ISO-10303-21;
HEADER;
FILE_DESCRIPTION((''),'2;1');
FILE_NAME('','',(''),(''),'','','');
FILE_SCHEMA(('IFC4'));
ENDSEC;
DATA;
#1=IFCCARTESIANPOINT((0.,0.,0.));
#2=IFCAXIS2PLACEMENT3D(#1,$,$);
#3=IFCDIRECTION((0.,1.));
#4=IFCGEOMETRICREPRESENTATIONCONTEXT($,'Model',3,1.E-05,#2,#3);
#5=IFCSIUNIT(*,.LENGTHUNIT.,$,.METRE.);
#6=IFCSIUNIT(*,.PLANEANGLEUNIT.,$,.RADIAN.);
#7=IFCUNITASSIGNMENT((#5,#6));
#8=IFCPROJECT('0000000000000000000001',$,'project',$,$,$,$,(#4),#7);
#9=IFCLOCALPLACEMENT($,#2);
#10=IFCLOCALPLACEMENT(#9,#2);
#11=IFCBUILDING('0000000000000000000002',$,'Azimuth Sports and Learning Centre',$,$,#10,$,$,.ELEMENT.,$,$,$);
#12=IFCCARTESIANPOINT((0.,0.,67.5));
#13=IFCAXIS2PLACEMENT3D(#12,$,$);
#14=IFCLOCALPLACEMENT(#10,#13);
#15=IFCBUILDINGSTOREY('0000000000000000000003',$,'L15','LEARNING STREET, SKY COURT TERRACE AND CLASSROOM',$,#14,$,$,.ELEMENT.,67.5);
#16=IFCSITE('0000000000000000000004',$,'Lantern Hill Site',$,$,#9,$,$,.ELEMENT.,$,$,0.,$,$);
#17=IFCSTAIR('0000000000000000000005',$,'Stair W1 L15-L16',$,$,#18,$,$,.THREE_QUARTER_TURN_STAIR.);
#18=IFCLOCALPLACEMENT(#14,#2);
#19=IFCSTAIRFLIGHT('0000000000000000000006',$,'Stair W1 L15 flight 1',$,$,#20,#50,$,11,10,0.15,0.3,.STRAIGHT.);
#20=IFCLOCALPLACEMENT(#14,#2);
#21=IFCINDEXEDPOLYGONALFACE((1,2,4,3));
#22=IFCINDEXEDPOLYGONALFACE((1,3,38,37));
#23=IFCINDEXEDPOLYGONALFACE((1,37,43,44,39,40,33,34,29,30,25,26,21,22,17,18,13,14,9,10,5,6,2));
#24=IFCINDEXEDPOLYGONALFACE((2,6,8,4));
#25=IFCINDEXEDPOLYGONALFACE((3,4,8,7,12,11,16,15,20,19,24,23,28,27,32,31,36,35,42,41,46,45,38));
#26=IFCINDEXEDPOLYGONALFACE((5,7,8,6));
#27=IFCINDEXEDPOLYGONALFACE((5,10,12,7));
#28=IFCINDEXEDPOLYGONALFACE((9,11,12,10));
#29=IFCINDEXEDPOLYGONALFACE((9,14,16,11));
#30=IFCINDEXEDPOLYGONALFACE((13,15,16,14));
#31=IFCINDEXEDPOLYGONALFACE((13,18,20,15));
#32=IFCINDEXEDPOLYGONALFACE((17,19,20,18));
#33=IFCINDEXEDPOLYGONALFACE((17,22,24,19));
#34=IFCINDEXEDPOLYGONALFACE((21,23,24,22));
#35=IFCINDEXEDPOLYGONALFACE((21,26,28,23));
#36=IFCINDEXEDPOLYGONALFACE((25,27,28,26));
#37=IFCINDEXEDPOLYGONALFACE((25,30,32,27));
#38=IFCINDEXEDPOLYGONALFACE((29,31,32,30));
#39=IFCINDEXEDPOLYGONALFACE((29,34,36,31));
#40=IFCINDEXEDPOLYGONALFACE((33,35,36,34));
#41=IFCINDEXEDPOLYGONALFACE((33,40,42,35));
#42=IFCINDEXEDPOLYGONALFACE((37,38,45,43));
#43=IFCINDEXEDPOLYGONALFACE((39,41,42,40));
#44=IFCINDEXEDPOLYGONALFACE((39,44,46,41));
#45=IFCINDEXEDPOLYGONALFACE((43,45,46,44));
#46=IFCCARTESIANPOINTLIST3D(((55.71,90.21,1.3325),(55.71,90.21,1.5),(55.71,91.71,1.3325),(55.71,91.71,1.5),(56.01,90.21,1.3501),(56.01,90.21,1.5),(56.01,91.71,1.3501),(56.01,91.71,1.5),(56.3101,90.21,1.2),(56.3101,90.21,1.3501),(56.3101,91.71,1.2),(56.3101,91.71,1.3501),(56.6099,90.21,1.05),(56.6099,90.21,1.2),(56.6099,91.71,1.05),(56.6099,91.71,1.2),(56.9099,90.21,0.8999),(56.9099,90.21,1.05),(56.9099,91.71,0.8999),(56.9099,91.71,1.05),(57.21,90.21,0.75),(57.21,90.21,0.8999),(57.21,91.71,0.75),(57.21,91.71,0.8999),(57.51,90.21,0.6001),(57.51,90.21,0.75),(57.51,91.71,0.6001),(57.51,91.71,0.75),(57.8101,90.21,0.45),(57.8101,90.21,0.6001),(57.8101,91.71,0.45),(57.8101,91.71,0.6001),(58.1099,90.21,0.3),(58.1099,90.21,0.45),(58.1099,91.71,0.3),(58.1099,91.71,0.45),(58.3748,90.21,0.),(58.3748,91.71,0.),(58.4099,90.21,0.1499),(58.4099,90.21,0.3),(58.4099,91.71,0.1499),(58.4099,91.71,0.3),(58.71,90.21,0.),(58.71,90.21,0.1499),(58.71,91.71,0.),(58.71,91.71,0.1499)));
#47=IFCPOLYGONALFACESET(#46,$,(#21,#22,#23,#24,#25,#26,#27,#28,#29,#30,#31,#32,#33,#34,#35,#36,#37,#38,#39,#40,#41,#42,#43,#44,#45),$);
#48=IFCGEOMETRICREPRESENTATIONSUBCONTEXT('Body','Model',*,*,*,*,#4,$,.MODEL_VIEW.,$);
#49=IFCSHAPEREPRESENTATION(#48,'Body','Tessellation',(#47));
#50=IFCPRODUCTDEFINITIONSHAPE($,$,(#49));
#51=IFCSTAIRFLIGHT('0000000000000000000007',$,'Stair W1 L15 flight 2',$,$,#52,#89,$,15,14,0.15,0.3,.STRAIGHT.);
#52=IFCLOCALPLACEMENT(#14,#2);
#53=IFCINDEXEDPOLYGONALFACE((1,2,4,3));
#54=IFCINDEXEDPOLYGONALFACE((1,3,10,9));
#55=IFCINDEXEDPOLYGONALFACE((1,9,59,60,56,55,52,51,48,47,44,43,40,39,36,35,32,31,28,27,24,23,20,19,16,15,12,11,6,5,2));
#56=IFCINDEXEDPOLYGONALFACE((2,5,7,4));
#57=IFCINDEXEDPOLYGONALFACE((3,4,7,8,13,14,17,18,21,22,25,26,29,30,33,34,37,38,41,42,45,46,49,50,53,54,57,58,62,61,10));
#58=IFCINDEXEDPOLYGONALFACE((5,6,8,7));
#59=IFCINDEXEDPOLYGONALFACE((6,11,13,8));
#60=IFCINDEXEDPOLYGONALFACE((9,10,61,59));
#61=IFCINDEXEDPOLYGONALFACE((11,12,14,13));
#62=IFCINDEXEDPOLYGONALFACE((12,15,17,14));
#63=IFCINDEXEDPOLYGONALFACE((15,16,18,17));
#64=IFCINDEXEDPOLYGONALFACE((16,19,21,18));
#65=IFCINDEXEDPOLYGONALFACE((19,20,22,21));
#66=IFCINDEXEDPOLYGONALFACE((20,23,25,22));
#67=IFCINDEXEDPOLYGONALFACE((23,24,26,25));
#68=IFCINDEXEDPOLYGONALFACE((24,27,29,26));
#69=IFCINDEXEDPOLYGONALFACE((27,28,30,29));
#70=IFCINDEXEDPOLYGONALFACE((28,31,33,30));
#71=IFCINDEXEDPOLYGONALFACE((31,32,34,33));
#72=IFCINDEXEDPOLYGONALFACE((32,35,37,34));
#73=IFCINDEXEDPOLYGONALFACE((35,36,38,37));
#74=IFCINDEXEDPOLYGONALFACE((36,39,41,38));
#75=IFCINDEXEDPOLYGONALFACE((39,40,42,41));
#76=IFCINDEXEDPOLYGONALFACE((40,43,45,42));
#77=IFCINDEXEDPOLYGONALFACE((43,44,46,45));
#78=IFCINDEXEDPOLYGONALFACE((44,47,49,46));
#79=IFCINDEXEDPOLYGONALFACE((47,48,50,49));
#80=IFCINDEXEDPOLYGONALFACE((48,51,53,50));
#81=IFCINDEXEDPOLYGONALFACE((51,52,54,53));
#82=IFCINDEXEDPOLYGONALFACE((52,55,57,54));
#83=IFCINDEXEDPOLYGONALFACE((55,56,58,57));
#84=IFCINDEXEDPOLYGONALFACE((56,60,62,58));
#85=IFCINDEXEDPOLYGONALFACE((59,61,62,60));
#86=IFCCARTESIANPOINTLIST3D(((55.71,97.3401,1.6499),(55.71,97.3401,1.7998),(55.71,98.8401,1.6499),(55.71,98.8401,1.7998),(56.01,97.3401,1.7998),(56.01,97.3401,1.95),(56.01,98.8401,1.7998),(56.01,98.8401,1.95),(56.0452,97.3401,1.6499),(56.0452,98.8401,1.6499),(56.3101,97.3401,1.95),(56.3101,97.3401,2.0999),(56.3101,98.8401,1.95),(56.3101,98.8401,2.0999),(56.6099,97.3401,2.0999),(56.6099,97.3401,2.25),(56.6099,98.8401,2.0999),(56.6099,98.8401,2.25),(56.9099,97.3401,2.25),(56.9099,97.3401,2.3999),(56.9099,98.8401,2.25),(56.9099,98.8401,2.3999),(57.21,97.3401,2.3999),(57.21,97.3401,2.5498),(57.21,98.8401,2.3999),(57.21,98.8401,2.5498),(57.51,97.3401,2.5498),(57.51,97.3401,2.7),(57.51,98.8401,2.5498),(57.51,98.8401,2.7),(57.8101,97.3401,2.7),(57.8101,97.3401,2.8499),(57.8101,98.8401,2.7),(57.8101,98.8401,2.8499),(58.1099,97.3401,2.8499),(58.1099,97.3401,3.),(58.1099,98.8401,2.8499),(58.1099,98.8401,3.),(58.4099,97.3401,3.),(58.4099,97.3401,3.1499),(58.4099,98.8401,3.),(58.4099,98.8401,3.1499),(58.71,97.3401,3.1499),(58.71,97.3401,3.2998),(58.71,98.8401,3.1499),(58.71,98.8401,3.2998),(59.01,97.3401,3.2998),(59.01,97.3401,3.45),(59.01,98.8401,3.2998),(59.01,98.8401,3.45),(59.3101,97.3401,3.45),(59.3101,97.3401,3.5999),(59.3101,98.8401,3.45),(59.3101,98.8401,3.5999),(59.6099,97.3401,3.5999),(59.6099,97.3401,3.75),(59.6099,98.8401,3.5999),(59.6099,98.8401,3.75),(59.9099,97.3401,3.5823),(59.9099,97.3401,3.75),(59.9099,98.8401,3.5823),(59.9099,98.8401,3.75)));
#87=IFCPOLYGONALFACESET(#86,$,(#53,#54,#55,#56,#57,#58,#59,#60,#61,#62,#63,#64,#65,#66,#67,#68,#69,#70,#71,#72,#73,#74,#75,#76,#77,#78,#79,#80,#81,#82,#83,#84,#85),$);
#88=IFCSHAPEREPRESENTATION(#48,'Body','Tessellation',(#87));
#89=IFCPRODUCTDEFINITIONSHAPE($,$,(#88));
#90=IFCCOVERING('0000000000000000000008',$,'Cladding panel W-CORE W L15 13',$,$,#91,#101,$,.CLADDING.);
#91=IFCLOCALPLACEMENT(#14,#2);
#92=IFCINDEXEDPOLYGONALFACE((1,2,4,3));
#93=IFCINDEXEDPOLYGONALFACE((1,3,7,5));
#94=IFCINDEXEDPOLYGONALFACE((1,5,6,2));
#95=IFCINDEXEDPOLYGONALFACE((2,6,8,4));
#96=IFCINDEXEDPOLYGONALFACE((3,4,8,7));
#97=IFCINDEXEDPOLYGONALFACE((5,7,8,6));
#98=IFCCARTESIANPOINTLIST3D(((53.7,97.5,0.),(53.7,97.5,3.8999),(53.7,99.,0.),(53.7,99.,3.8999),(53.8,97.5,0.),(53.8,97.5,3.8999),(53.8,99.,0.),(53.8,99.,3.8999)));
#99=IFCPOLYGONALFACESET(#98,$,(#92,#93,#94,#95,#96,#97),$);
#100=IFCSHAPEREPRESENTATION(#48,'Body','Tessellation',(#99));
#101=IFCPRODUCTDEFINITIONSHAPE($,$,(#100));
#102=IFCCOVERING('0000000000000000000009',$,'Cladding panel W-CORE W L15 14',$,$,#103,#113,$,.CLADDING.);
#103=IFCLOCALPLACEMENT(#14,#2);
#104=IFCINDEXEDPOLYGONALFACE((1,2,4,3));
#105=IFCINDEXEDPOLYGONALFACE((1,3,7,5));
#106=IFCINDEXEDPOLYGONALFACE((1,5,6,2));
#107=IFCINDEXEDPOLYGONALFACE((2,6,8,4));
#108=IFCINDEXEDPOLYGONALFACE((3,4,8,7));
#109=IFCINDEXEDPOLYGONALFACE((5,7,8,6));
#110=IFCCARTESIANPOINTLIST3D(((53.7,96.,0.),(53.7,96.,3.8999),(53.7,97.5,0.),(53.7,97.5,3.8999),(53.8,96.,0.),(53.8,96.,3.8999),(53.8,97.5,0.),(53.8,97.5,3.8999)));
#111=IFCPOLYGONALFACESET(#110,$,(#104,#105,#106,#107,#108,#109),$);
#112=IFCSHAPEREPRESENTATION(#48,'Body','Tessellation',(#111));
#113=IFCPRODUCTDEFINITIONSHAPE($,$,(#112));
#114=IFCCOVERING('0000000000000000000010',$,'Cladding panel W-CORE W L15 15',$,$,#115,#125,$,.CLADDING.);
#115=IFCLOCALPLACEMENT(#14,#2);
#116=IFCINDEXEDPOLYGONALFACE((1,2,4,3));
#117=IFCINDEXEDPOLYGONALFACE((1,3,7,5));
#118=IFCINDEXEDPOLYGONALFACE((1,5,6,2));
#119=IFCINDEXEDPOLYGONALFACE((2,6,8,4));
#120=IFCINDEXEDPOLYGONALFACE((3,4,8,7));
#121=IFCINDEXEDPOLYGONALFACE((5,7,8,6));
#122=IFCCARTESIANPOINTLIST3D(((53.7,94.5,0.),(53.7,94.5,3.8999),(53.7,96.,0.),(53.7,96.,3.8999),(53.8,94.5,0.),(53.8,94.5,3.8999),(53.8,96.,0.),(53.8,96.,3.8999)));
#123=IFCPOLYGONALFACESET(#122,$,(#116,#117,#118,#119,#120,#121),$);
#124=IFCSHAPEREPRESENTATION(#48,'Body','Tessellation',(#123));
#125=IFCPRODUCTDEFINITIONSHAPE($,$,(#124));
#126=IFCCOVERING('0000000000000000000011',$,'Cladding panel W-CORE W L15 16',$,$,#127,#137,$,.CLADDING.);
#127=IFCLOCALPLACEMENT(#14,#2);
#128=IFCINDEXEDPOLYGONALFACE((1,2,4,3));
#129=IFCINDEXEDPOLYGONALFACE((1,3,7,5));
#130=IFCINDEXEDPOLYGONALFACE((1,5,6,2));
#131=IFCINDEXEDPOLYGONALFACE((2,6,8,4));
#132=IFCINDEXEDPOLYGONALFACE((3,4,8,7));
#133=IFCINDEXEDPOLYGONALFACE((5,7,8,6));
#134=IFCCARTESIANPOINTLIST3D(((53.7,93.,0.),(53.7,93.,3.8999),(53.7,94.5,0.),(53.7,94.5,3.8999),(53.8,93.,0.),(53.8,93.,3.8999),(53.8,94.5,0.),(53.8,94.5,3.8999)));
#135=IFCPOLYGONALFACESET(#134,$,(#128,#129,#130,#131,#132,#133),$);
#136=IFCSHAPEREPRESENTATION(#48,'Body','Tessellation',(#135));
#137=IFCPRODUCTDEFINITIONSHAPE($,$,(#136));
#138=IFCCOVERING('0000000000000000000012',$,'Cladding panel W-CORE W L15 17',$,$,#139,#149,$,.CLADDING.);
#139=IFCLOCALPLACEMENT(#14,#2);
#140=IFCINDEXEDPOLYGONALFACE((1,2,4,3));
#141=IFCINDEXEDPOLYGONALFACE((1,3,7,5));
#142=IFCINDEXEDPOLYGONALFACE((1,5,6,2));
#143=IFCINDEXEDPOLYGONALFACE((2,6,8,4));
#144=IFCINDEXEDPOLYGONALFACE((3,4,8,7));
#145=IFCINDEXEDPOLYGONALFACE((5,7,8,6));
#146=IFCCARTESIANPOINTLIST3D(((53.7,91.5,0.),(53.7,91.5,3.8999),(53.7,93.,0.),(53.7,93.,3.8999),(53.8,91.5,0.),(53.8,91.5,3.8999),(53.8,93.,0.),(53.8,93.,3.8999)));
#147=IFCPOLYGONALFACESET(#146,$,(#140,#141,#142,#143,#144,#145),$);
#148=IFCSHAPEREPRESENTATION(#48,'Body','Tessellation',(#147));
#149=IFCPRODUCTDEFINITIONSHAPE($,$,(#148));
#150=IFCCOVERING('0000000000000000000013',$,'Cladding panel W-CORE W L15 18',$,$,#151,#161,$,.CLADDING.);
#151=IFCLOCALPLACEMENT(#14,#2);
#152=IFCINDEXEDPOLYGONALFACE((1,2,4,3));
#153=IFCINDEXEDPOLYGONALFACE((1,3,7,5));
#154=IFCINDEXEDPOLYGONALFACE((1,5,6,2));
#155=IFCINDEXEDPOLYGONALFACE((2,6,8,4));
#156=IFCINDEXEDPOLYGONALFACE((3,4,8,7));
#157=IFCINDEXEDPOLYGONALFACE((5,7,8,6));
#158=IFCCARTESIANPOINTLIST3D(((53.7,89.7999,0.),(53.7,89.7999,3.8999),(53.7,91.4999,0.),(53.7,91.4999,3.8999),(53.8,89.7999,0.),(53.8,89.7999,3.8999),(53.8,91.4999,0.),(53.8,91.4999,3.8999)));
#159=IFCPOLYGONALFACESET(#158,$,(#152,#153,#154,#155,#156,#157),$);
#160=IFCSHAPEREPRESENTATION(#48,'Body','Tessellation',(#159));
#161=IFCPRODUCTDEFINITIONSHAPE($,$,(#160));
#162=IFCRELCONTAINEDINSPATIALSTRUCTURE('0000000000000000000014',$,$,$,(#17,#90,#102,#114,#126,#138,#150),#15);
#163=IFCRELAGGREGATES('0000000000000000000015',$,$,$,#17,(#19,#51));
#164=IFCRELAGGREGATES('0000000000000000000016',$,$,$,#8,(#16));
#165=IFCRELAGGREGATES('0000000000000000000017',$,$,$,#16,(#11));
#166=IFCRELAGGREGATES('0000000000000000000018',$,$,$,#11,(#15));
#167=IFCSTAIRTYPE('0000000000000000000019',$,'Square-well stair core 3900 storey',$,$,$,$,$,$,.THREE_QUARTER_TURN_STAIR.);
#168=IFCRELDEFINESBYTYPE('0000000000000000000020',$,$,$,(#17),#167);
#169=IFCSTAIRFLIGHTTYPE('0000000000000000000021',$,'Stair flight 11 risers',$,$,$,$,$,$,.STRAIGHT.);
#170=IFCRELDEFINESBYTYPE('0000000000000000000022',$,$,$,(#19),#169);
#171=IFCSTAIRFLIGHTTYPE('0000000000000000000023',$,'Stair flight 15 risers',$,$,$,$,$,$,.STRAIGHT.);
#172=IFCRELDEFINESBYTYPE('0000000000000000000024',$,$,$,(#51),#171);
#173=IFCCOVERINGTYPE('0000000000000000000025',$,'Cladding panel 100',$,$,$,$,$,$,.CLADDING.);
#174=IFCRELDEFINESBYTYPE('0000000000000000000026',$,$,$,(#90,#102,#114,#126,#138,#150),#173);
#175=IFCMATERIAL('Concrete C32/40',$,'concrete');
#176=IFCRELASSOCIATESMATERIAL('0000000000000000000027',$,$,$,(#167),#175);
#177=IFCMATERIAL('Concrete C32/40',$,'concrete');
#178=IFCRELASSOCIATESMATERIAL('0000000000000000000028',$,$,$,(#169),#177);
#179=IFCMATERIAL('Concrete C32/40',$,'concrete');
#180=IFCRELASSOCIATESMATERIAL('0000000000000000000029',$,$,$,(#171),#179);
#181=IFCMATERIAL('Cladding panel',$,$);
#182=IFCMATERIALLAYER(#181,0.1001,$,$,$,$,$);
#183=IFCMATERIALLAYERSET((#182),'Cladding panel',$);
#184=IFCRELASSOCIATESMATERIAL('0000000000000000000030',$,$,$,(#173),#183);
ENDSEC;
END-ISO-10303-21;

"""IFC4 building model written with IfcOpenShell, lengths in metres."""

from ifc_helpers import new_model, si_unit, direction, frame, origin, origin_2d, place, context, subcontext, project, spatial, polyline, rectangle, outline, extrude, material, layer, layer_set, type_object, element, aggregate, save


model = new_model("IFC4")

# Units and contexts
model_context = context("Model", 3, precision=1e-05, world=origin(), true_north=direction((0.0, 1.0)))
body_context = subcontext(model_context, "Body", "Model", "MODEL_VIEW")
ifc_project = project(units=[si_unit("LENGTHUNIT", "METRE"), si_unit("PLANEANGLEUNIT", "RADIAN")], contexts=[model_context])

# Site, building, storey
site_placement = place(None, origin())
site = spatial("IfcSite", under=ifc_project, at=site_placement, Name="Lantern Hill Site", CompositionType="ELEMENT", RefElevation=0.0)
building_placement = place(site_placement, origin())
building = spatial("IfcBuilding", under=site, at=building_placement, Name="Azimuth Sports and Learning Centre", CompositionType="ELEMENT")
storey_placement = place(building_placement, frame((0.0, 0.0, 67.5)))
storey = spatial("IfcBuildingStorey", under=building, at=storey_placement, Name="L15", Description="LEARNING STREET, SKY COURT TERRACE AND CLASSROOM", CompositionType="ELEMENT", Elevation=67.5)

# Stair, stair flights
ifc_material_1 = material(Name="Concrete C32/40", Category="concrete")
stair_type = type_object("IfcStairType", Name="Square-well stair core 3900 storey", PredefinedType="THREE_QUARTER_TURN_STAIR", material=ifc_material_1)
stair_placement = place(storey_placement, origin())
stair = element("IfcStair", 1, at=stair_placement, inside=storey, type_object=stair_type, Name="Stair W1 L15-L16", PredefinedType="THREE_QUARTER_TURN_STAIR")
ifc_material_2 = material(Name="Concrete C32/40", Category="concrete")
stair_flight_type_1 = type_object("IfcStairFlightType", Name="Stair flight 11 risers", PredefinedType="STRAIGHT", material=ifc_material_2)
stair_flight_1_placement = place(storey_placement, frame((58.71, 90.96, 0.0), z_axis=(0.0, 0.0, 1.0), x_axis=(-1.0, 0.0, 0.0)))
stair_flight_1 = element("IfcStairFlight", 2, at=stair_flight_1_placement, type_object=stair_flight_type_1, Name="Stair W1 L15 flight 1", NumberOfRisers=11, NumberOfTreads=10, PredefinedType="STRAIGHT", RiserHeight=0.15, TreadLength=0.3, context=body_context, shape_type="SweptSolid", body=[
    extrude(outline(polyline([(0.0, 0.0), (0.0, 0.1499), (0.3, 0.1499), (0.3, 0.3), (0.6001, 0.3), (0.6001, 0.45), (0.8999, 0.45), (0.8999, 0.6001), (1.2, 0.6001), (1.2, 0.75), (1.5, 0.75), (1.5, 0.8999), (1.8, 0.8999), (1.8, 1.05), (2.1001, 1.05), (2.1001, 1.2), (2.3999, 1.2), (2.3999, 1.3501), (2.7, 1.3501), (2.7, 1.5), (3.0, 1.5), (3.0, 1.6499), (3.0, 1.3325), (0.3352, 0.0), (0.0, 0.0)])), frame((0.0, 0.75, 0.0), z_axis=(0.0, -1.0, 0.0), x_axis=(1.0, 0.0, 0.0)), (0.0, 0.0, 1.0), 1.5),
])
ifc_material_3 = material(Name="Concrete C32/40", Category="concrete")
stair_flight_type_2 = type_object("IfcStairFlightType", Name="Stair flight 15 risers", PredefinedType="STRAIGHT", material=ifc_material_3)
stair_flight_2_placement = place(storey_placement, frame((55.71, 98.0901, 1.6499), z_axis=(0.0, 0.0, 1.0), x_axis=(1.0, 0.0, 0.0)))
stair_flight_2 = element("IfcStairFlight", 3, at=stair_flight_2_placement, type_object=stair_flight_type_2, Name="Stair W1 L15 flight 2", NumberOfRisers=15, NumberOfTreads=14, PredefinedType="STRAIGHT", RiserHeight=0.15, TreadLength=0.3, context=body_context, shape_type="SweptSolid", body=[
    extrude(outline(polyline([(0.0, 0.0), (0.0, 0.1499), (0.3, 0.1499), (0.3, 0.3), (0.6001, 0.3), (0.6001, 0.45), (0.8999, 0.45), (0.8999, 0.6001), (1.2, 0.6001), (1.2, 0.75), (1.5, 0.75), (1.5, 0.8999), (1.8, 0.8999), (1.8, 1.05), (2.1001, 1.05), (2.1001, 1.2), (2.3999, 1.2), (2.3999, 1.3501), (2.7, 1.3501), (2.7, 1.5), (3.0, 1.5), (3.0, 1.6499), (3.3, 1.6499), (3.3, 1.8), (3.6001, 1.8), (3.6001, 1.95), (3.8999, 1.95), (3.8999, 2.1001), (4.2, 2.1001), (4.2, 2.25), (4.2, 1.9324), (0.3352, 0.0), (0.0, 0.0)])), frame((0.0, 0.75, 0.0), z_axis=(0.0, -1.0, 0.0), x_axis=(1.0, 0.0, 0.0)), (0.0, 0.0, 1.0), 1.5),
])
aggregate(stair, [stair_flight_1, stair_flight_2])

# Coverings
ifc_material_4 = material(Name="Cladding panel")
ifc_layer_1 = layer(ifc_material_4, 0.1001)
ifc_layer_set_1 = layer_set([ifc_layer_1], Name="Cladding panel")
covering_type = type_object("IfcCoveringType", Name="Cladding panel 100", PredefinedType="CLADDING", material=ifc_layer_set_1)
for number, where, z_axis, x_axis, name in (
    (4, (53.75, 98.25, 0.0), (0.0, 0.0, 1.0), (0.0, -1.0, 0.0), "Cladding panel W-CORE W L15 13"),
    (5, (53.75, 96.75, 0.0), (0.0, 0.0, 1.0), (0.0, -1.0, 0.0), "Cladding panel W-CORE W L15 14"),
    (6, (53.75, 95.25, 0.0), (0.0, 0.0, 1.0), (0.0, -1.0, 0.0), "Cladding panel W-CORE W L15 15"),
    (7, (53.75, 93.75, 0.0), (0.0, 0.0, 1.0), (0.0, -1.0, 0.0), "Cladding panel W-CORE W L15 16"),
    (8, (53.75, 92.25, 0.0), (0.0, 0.0, 1.0), (0.0, -1.0, 0.0), "Cladding panel W-CORE W L15 17"),
):
    element("IfcCovering", number, at=place(storey_placement, frame(where, z_axis=z_axis, x_axis=x_axis)), inside=storey, type_object=covering_type, Name=name, PredefinedType="CLADDING", context=body_context, shape_type="SweptSolid", body=[
        extrude(rectangle(XDim=1.5, YDim=0.1001, at=origin_2d()), origin(), (0.0, 0.0, 1.0), 3.8999),
    ])
covering_placement = place(storey_placement, frame((53.75, 90.6499, 0.0), z_axis=(0.0, 0.0, 1.0), x_axis=(0.0, -1.0, 0.0)))
element("IfcCovering", 9, at=covering_placement, inside=storey, type_object=covering_type, Name="Cladding panel W-CORE W L15 18", PredefinedType="CLADDING", context=body_context, shape_type="SweptSolid", body=[
    extrude(rectangle(XDim=1.7, YDim=0.1001, at=origin_2d()), origin(), (0.0, 0.0, 1.0), 3.8999),
])

save(model, "model.ifc")
